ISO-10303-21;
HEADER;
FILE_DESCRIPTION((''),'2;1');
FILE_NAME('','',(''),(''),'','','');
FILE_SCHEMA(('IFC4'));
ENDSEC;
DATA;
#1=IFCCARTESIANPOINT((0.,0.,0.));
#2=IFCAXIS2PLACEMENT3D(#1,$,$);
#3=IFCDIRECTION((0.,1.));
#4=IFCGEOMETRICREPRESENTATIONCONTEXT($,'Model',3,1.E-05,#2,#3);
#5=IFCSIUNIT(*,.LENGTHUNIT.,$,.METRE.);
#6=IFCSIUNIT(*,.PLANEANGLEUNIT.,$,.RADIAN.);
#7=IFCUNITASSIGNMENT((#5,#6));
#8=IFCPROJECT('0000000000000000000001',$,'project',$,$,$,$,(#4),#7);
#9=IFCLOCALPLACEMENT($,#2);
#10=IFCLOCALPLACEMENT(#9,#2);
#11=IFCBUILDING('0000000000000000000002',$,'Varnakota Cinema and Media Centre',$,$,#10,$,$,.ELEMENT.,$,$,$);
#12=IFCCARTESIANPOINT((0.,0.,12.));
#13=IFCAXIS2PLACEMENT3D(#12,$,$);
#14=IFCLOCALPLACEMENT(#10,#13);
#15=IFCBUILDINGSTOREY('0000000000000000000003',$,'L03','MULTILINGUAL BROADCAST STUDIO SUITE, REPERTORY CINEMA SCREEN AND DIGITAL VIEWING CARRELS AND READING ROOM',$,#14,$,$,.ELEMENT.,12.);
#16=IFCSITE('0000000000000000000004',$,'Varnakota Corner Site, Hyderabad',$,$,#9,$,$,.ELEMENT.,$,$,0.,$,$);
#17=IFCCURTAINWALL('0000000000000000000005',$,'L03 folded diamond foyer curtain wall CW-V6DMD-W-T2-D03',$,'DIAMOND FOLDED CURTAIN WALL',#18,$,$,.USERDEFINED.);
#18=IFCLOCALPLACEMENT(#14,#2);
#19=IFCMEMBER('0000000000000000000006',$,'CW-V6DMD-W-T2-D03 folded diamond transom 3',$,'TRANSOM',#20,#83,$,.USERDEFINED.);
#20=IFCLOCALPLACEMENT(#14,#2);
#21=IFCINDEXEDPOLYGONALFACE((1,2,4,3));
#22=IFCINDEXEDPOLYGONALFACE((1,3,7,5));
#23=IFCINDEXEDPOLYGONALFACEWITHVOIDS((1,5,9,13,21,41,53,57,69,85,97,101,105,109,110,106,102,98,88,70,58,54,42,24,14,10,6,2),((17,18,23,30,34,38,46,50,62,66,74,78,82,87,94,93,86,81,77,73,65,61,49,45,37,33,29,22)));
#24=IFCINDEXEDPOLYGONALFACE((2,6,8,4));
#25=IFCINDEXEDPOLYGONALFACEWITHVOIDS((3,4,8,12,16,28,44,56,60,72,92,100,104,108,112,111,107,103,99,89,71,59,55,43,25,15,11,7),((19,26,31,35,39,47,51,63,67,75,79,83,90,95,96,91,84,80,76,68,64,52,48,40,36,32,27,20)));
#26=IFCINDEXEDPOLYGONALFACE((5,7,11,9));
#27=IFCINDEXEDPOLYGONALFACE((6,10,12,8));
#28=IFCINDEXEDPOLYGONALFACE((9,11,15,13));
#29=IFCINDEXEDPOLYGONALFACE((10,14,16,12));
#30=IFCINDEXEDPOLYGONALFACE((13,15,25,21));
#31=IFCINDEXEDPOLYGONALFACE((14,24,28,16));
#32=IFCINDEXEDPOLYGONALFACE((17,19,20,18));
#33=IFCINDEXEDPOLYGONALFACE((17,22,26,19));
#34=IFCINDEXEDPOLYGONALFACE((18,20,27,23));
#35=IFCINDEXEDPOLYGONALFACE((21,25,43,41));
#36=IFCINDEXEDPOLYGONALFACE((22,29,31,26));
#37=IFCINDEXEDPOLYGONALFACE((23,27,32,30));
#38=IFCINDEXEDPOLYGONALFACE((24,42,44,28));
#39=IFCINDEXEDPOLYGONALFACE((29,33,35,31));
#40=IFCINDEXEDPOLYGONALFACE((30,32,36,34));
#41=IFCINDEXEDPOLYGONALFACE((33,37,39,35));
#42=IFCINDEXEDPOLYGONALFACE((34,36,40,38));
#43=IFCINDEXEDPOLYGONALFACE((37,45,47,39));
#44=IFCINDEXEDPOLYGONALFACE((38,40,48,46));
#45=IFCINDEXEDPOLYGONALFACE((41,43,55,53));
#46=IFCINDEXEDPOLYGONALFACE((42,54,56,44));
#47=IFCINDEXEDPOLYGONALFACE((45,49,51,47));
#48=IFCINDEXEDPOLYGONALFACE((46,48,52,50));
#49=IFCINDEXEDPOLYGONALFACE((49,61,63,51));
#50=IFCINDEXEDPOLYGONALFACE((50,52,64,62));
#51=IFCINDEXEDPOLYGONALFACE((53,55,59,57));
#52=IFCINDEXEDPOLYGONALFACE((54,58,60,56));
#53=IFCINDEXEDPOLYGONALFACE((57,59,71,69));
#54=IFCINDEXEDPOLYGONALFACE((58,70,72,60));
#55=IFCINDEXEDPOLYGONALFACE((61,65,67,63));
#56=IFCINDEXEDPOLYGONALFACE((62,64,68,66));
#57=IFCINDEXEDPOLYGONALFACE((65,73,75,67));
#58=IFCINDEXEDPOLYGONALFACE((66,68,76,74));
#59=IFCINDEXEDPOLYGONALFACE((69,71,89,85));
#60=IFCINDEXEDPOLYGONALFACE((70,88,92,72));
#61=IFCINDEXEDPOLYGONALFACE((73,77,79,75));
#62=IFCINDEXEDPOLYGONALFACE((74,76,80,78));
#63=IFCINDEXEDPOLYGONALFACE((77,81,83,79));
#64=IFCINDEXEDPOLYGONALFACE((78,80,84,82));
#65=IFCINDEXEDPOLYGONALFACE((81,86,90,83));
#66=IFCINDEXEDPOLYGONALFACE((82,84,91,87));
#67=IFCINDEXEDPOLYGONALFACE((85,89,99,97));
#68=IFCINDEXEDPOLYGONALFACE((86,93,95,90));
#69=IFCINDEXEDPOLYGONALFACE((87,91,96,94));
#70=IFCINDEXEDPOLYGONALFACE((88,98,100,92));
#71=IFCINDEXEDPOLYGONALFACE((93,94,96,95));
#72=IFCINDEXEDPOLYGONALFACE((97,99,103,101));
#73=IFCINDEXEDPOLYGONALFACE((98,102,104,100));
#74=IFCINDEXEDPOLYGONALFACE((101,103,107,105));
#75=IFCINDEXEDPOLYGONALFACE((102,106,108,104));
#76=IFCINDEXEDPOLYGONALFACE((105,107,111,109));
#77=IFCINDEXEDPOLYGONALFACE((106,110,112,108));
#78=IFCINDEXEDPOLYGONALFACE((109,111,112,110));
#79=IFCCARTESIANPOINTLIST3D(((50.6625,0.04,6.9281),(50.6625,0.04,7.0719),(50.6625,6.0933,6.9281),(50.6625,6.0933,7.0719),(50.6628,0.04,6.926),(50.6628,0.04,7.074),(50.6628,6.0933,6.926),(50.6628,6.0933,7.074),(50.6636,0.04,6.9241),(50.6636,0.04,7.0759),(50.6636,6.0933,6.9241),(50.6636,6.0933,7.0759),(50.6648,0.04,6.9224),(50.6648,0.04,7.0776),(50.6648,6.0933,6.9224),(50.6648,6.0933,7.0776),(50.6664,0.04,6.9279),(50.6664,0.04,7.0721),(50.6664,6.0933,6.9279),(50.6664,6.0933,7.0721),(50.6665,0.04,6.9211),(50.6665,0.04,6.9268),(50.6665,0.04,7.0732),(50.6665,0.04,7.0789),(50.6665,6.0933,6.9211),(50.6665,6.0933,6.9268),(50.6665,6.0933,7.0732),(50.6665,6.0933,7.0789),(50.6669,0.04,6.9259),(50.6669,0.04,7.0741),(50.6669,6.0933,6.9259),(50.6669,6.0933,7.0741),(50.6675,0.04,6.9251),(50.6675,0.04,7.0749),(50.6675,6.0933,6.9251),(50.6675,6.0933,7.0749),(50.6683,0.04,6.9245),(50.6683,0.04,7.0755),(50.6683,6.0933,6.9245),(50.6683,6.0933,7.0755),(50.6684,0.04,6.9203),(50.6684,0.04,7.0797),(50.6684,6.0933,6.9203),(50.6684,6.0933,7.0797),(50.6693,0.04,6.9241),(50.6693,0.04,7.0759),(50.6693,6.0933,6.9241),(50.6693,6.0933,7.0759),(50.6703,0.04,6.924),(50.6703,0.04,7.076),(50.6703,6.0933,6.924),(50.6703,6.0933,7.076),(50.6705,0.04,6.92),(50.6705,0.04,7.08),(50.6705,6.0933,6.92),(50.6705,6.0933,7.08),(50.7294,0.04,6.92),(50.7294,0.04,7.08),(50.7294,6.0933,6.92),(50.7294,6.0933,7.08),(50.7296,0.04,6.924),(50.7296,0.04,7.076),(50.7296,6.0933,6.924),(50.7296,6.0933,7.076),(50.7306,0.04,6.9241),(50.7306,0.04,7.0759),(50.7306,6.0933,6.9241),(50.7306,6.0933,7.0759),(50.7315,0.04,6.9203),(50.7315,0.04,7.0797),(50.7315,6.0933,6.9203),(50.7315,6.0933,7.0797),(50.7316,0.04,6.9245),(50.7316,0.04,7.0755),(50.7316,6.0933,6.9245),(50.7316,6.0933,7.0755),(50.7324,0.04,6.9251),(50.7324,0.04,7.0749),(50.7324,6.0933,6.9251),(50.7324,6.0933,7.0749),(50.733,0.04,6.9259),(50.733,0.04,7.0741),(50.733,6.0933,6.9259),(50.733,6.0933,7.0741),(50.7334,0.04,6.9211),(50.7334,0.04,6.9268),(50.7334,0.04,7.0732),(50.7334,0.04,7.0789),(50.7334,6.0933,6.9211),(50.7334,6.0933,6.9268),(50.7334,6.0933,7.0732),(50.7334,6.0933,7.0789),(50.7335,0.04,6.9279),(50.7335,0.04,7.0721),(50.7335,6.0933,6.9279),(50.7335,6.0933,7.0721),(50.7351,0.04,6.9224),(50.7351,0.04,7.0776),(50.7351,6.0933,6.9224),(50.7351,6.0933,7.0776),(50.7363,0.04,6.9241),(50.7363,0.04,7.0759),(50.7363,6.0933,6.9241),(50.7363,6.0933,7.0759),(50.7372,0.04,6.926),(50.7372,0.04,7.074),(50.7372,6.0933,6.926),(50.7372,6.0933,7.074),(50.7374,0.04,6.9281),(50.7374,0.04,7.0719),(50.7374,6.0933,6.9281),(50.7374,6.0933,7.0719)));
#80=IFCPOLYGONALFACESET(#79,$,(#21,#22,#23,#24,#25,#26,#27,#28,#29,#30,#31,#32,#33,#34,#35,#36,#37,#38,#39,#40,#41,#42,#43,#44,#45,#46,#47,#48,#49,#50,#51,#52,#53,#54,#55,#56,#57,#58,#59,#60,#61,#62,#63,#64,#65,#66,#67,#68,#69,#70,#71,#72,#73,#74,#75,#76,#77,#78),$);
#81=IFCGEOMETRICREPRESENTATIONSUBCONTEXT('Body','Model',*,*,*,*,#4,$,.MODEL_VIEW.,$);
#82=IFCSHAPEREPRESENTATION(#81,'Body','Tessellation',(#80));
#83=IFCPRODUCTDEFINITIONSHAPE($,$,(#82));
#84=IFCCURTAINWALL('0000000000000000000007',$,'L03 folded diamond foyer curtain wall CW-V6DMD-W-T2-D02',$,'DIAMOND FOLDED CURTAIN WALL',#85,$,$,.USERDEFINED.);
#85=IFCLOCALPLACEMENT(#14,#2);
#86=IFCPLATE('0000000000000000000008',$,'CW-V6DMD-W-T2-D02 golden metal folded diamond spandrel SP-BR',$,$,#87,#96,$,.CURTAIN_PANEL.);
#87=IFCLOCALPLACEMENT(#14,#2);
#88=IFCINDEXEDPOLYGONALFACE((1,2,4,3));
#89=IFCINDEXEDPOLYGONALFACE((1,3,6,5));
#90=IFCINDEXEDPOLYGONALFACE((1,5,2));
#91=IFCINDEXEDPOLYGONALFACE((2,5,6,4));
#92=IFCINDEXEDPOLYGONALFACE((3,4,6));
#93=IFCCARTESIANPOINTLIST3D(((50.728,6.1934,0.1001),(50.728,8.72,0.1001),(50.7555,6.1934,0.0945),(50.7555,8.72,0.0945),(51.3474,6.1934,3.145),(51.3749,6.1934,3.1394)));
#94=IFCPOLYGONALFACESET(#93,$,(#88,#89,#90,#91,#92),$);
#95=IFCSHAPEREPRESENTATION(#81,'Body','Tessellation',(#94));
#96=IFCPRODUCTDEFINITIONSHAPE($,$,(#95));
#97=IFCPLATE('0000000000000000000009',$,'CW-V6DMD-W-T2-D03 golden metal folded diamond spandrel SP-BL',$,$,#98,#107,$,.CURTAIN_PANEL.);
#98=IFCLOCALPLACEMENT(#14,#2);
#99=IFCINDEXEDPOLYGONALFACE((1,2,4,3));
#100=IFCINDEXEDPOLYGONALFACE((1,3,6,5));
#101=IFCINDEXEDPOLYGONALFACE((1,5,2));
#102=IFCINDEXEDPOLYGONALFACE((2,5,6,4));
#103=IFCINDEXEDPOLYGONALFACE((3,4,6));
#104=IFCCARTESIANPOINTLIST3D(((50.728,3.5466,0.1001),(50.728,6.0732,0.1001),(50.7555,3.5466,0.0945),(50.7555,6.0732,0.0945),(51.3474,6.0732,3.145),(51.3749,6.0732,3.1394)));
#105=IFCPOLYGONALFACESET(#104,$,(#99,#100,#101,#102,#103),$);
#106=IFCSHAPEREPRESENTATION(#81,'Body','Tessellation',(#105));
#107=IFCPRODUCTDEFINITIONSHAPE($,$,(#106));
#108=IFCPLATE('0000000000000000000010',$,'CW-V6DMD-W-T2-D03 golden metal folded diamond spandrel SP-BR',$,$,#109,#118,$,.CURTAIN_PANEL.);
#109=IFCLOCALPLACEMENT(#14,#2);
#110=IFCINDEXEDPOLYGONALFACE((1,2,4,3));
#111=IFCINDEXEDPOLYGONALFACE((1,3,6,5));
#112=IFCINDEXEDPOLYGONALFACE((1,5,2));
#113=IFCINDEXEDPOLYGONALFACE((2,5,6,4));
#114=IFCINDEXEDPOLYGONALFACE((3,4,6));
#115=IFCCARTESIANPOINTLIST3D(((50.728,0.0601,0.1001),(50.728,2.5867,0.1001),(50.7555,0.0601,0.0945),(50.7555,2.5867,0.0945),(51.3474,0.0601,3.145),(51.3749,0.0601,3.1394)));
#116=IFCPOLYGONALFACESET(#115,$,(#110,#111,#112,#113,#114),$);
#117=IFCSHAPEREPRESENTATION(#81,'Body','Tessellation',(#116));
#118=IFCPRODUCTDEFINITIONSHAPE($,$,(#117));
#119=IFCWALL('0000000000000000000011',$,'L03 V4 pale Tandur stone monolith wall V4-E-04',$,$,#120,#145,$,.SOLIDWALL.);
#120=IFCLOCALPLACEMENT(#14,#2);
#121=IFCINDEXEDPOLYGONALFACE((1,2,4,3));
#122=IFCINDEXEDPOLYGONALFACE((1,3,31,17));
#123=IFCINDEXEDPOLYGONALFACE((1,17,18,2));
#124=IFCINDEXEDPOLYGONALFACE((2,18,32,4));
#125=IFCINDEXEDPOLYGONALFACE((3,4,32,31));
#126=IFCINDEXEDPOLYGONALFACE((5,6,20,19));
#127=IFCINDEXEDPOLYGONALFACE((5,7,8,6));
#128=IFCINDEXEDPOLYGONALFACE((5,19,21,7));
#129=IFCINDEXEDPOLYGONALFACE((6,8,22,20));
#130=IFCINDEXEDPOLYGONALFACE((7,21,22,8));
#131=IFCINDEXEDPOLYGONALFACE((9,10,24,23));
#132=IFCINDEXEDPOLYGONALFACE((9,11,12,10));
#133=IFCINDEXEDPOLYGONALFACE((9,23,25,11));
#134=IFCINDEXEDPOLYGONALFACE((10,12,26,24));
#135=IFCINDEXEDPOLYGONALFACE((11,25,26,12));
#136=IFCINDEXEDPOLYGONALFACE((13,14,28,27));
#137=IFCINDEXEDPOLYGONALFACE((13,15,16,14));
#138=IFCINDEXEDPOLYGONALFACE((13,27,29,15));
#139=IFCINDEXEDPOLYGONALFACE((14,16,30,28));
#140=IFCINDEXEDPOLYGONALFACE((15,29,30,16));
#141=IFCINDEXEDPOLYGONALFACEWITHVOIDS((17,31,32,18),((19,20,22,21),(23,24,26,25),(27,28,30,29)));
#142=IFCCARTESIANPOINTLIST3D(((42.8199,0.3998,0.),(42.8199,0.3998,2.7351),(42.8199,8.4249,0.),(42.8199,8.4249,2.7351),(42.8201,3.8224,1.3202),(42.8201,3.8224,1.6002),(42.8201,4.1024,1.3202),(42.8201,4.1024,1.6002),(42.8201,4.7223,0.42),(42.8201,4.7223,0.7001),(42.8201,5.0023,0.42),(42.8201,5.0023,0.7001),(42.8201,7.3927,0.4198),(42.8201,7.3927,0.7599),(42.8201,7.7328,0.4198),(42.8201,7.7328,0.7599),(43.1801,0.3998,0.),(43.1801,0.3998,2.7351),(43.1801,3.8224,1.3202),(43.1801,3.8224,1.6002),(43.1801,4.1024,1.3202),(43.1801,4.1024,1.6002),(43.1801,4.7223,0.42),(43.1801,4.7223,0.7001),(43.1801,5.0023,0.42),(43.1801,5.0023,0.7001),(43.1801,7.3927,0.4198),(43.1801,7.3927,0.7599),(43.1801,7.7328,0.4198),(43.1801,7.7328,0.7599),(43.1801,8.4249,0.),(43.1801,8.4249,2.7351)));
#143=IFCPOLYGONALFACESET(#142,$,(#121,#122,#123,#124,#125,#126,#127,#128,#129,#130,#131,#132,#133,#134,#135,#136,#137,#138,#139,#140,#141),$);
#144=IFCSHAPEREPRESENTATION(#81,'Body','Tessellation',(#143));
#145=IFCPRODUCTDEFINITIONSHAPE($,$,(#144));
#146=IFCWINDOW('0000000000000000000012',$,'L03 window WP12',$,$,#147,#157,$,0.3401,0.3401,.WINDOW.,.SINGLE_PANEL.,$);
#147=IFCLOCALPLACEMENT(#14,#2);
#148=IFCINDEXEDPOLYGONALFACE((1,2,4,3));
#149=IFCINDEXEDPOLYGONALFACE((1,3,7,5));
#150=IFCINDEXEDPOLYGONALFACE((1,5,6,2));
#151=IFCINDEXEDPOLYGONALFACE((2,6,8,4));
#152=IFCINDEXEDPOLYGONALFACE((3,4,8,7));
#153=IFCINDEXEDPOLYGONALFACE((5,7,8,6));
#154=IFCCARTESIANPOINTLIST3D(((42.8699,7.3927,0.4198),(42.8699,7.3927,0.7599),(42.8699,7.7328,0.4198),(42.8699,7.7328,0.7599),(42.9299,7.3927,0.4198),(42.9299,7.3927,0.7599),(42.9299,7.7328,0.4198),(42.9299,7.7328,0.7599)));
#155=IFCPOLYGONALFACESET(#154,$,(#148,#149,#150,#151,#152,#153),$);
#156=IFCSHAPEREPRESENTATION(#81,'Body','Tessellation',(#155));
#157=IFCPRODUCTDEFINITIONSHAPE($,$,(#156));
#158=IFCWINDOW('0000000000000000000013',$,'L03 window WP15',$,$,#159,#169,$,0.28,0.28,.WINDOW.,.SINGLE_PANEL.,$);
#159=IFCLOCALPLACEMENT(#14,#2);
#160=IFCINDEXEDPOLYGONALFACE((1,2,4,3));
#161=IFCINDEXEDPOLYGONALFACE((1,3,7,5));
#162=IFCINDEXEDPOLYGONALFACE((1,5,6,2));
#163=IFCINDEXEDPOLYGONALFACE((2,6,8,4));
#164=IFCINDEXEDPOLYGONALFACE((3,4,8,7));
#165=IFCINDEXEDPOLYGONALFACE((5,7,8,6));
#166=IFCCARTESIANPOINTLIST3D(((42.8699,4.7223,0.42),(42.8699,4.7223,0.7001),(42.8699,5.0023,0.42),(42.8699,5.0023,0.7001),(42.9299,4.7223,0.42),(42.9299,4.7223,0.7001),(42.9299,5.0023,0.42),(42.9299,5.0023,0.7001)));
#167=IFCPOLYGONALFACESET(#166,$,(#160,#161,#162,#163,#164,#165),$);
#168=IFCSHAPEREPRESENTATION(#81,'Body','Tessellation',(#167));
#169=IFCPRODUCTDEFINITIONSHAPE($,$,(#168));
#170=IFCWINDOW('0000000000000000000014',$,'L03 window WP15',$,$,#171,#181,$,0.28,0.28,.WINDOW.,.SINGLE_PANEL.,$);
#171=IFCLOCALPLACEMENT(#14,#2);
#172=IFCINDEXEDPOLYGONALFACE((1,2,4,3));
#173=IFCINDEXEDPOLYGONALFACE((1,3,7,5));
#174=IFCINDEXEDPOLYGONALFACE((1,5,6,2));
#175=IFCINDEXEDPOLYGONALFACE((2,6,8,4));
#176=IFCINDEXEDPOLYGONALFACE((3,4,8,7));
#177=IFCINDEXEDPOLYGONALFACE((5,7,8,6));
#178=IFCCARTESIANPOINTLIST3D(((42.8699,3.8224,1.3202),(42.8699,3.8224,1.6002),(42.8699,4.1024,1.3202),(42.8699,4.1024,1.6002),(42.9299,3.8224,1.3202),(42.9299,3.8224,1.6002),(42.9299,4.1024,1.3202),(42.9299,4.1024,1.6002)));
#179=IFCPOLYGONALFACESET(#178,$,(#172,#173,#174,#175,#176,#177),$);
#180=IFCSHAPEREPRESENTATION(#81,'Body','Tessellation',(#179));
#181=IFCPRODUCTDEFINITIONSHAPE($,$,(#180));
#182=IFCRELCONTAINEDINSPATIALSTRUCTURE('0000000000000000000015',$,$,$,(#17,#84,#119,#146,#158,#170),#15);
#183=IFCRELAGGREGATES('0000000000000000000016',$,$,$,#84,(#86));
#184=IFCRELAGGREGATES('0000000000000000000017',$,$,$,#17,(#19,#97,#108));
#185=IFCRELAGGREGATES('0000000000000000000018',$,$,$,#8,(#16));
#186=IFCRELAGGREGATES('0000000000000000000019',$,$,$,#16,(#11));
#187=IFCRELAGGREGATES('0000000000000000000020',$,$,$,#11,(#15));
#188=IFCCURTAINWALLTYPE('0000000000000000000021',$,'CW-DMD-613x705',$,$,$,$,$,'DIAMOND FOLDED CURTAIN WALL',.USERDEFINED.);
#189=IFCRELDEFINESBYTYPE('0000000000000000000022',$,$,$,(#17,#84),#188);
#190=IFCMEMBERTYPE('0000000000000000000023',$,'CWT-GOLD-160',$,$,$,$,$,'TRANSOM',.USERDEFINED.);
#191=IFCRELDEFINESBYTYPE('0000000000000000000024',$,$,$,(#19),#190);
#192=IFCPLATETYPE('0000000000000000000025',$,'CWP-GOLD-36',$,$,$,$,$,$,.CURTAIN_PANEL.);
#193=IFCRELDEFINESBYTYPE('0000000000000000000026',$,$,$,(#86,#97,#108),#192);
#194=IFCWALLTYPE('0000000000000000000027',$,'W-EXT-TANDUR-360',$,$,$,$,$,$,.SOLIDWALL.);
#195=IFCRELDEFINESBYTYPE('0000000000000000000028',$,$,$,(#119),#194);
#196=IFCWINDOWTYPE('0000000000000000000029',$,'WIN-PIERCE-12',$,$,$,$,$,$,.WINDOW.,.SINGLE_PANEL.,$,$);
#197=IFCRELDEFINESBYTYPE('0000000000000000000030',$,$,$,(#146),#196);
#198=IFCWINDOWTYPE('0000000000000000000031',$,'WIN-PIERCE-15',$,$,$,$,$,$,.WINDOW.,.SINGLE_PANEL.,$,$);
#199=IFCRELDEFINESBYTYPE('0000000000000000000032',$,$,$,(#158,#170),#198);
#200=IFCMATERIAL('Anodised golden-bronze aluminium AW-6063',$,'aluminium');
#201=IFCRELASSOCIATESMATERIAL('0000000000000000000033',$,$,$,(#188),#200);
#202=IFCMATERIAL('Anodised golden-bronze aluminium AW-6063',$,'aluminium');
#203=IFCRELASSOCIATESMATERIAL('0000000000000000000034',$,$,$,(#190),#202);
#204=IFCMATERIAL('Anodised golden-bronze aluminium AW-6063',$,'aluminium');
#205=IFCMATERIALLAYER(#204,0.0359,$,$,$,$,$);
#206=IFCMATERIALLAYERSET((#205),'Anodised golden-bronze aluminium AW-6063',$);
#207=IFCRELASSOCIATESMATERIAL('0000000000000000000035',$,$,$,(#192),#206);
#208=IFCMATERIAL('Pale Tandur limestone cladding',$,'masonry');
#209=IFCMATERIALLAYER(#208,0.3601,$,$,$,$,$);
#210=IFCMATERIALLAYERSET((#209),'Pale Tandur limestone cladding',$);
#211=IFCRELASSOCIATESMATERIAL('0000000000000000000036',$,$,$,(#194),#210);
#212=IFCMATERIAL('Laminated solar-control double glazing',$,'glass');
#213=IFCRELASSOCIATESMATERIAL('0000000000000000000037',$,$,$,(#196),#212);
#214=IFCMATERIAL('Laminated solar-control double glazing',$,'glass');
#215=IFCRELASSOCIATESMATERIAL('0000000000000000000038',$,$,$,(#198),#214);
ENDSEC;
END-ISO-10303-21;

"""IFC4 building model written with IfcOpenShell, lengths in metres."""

from ifc_helpers import new_model, si_unit, direction, frame, frame_2d, origin, origin_2d, place, context, subcontext, project, spatial, polyline, rectangle, hollow_rectangle, outline, extrude, material, layer, layer_set, material_profile, profile_set, type_object, element, fill, aggregate, save


model = new_model("IFC4")

# Units and contexts
model_context = context("Model", 3, precision=1e-05, world=origin(), true_north=direction((0.0, 1.0)))
body_context = subcontext(model_context, "Body", "Model", "MODEL_VIEW")
ifc_project = project(units=[si_unit("LENGTHUNIT", "METRE"), si_unit("PLANEANGLEUNIT", "RADIAN")], contexts=[model_context])

# Site, building, storey
site_placement = place(None, origin())
site = spatial("IfcSite", under=ifc_project, at=site_placement, Name="Varnakota Corner Site, Hyderabad", CompositionType="ELEMENT", RefElevation=0.0)
building_placement = place(site_placement, origin())
building = spatial("IfcBuilding", under=site, at=building_placement, Name="Varnakota Cinema and Media Centre", CompositionType="ELEMENT")
storey_placement = place(building_placement, frame((0.0, 0.0, 12.0)))
storey = spatial("IfcBuildingStorey", under=building, at=storey_placement, Name="L03", Description="MULTILINGUAL BROADCAST STUDIO SUITE, REPERTORY CINEMA SCREEN AND DIGITAL VIEWING CARRELS AND READING ROOM", CompositionType="ELEMENT", Elevation=12.0)

# Curtain wall, member
ifc_material_1 = material(Name="Anodised golden-bronze aluminium AW-6063", Category="aluminium")
curtain_wall_type = type_object("IfcCurtainWallType", Name="CW-DMD-613x705", ElementType="DIAMOND FOLDED CURTAIN WALL", PredefinedType="USERDEFINED", material=ifc_material_1)
curtain_wall_1_placement = place(storey_placement, origin())
curtain_wall_1 = element("IfcCurtainWall", 1, at=curtain_wall_1_placement, inside=storey, type_object=curtain_wall_type, Name="L03 folded diamond foyer curtain wall CW-V6DMD-W-T2-D03", ObjectType="DIAMOND FOLDED CURTAIN WALL", PredefinedType="USERDEFINED")
ifc_material_2 = material(Name="Anodised golden-bronze aluminium AW-6063", Category="aluminium")
ifc_material_profile_1 = material_profile(ifc_material_2, hollow_rectangle(XDim=0.075, YDim=0.1599, WallThickness=0.0039, InnerFilletRadius=0.0039, OuterFilletRadius=0.0081, at=origin_2d()), Name="AL-TRANSOM 160x75x4")
ifc_profile_set_1 = profile_set([ifc_material_profile_1], Name="Anodised golden-bronze aluminium AW-6063")
member_type_1 = type_object("IfcMemberType", Name="CWT-GOLD-160", ElementType="TRANSOM", PredefinedType="USERDEFINED", material=ifc_profile_set_1)
member_1_placement = place(storey_placement, frame((50.7, 6.0933, 7.0), z_axis=(0.0, -1.0, 0.0), x_axis=(1.0, 0.0, 0.0)))
member_1 = element("IfcMember", 2, at=member_1_placement, type_object=member_type_1, Name="CW-V6DMD-W-T2-D03 folded diamond transom 3", ObjectType="TRANSOM", PredefinedType="USERDEFINED", context=body_context, shape_type="SweptSolid", body=[
    extrude(hollow_rectangle(XDim=0.075, YDim=0.1599, WallThickness=0.0039, InnerFilletRadius=0.0039, OuterFilletRadius=0.0081, at=origin_2d()), origin(), (0.0, 0.0, 1.0), 6.0532),
])

# Curtain wall, plate
curtain_wall_2_placement = place(storey_placement, origin())
curtain_wall_2 = element("IfcCurtainWall", 3, at=curtain_wall_2_placement, inside=storey, type_object=curtain_wall_type, Name="L03 folded diamond foyer curtain wall CW-V6DMD-W-T2-D02", ObjectType="DIAMOND FOLDED CURTAIN WALL", PredefinedType="USERDEFINED")
ifc_material_3 = material(Name="Anodised golden-bronze aluminium AW-6063", Category="aluminium")
ifc_layer_1 = layer(ifc_material_3, 0.0359)
ifc_layer_set_1 = layer_set([ifc_layer_1], Name="Anodised golden-bronze aluminium AW-6063")
plate_type = type_object("IfcPlateType", Name="CWP-GOLD-36", PredefinedType="CURTAIN_PANEL", material=ifc_layer_set_1)
plate_1_placement = place(storey_placement, frame((50.728, 8.72, 0.1001), z_axis=(-0.979932, 0.0, 0.199333), x_axis=(0.0, -1.0, 0.0)))
plate_1 = element("IfcPlate", 4, at=plate_1_placement, type_object=plate_type, Name="CW-V6DMD-W-T2-D02 golden metal folded diamond spandrel SP-BR", PredefinedType="CURTAIN_PANEL", context=body_context, shape_type="SweptSolid", body=[
    extrude(outline(polyline([(0.0, 0.0), (2.5266, 0.0), (2.5266, 3.1073), (0.0, 0.0)])), origin(), (0.0, 0.0, -1.0), 0.0281),
])
aggregate(curtain_wall_2, [plate_1])

# Plates
plate_2_placement = place(storey_placement, frame((50.728, 6.0732, 0.1001), z_axis=(-0.979932, 0.0, 0.199333), x_axis=(0.0, -1.0, 0.0)))
plate_2 = element("IfcPlate", 5, at=plate_2_placement, type_object=plate_type, Name="CW-V6DMD-W-T2-D03 golden metal folded diamond spandrel SP-BL", PredefinedType="CURTAIN_PANEL", context=body_context, shape_type="SweptSolid", body=[
    extrude(outline(polyline([(0.0, 0.0), (2.5266, 0.0), (0.0, 3.1073), (0.0, 0.0)])), origin(), (0.0, 0.0, -1.0), 0.0281),
])
plate_3_placement = place(storey_placement, frame((50.728, 2.5867, 0.1001), z_axis=(-0.979932, 0.0, 0.199333), x_axis=(0.0, -1.0, 0.0)))
plate_3 = element("IfcPlate", 6, at=plate_3_placement, type_object=plate_type, Name="CW-V6DMD-W-T2-D03 golden metal folded diamond spandrel SP-BR", PredefinedType="CURTAIN_PANEL", context=body_context, shape_type="SweptSolid", body=[
    extrude(outline(polyline([(0.0, 0.0), (2.5266, 0.0), (2.5266, 3.1073), (0.0, 0.0)])), origin(), (0.0, 0.0, -1.0), 0.0281),
])
aggregate(curtain_wall_1, [member_1, plate_2, plate_3])

# Wall, openings, windows
ifc_material_4 = material(Name="Pale Tandur limestone cladding", Category="masonry")
ifc_layer_2 = layer(ifc_material_4, 0.3601)
ifc_layer_set_2 = layer_set([ifc_layer_2], Name="Pale Tandur limestone cladding")
wall_type_1 = type_object("IfcWallType", Name="W-EXT-TANDUR-360", PredefinedType="SOLIDWALL", material=ifc_layer_set_2)
wall_1_placement = place(storey_placement, frame((43.0, 8.425, 0.0), z_axis=(0.0, 0.0, 1.0), x_axis=(0.0, -1.0, 0.0)))
wall_1 = element("IfcWall", 7, at=wall_1_placement, inside=storey, type_object=wall_type_1, Name="L03 V4 pale Tandur stone monolith wall V4-E-04", PredefinedType="SOLIDWALL", context=body_context, shape_type="SweptSolid", body=[
    extrude(rectangle(XDim=8.0251, YDim=0.3601, at=frame_2d((4.0127, 0.0))), origin(), (0.0, 0.0, 1.0), 2.7351),
])
opening_1_placement = place(wall_1_placement, frame((0.6924, 0.0, 0.4199)))
opening_1 = element("IfcOpeningElement", 8, at=opening_1_placement, cuts=wall_1, PredefinedType="OPENING", context=body_context, shape_type="SweptSolid", body=[
    extrude(rectangle(XDim=0.3401, YDim=0.3401, at=frame_2d((0.1699, 0.1699))), frame((0.0, 0.1802, 0.0), z_axis=(0.0, -1.0, 0.0), x_axis=(1.0, 0.0, 0.0)), (0.0, 0.0, 1.0), 0.3601),
])
opening_2_placement = place(wall_1_placement, frame((3.4226, 0.0, 0.4199)))
opening_2 = element("IfcOpeningElement", 9, at=opening_2_placement, cuts=wall_1, PredefinedType="OPENING", context=body_context, shape_type="SweptSolid", body=[
    extrude(rectangle(XDim=0.28, YDim=0.28, at=frame_2d((0.1401, 0.1401))), frame((0.0, 0.1802, 0.0), z_axis=(0.0, -1.0, 0.0), x_axis=(1.0, 0.0, 0.0)), (0.0, 0.0, 1.0), 0.3601),
])
opening_3_placement = place(wall_1_placement, frame((4.3225, 0.0, 1.3201)))
opening_3 = element("IfcOpeningElement", 10, at=opening_3_placement, cuts=wall_1, PredefinedType="OPENING", context=body_context, shape_type="SweptSolid", body=[
    extrude(rectangle(XDim=0.28, YDim=0.28, at=frame_2d((0.1401, 0.1401))), frame((0.0, 0.1802, 0.0), z_axis=(0.0, -1.0, 0.0), x_axis=(1.0, 0.0, 0.0)), (0.0, 0.0, 1.0), 0.3601),
])
ifc_material_5 = material(Name="Laminated solar-control double glazing", Category="glass")
window_type_1 = type_object("IfcWindowType", Name="WIN-PIERCE-12", PartitioningType="SINGLE_PANEL", PredefinedType="WINDOW", material=ifc_material_5)
window_1_placement = place(opening_1_placement, origin())
window_1 = element("IfcWindow", 11, at=window_1_placement, inside=storey, type_object=window_type_1, Name="L03 window WP12", OverallHeight=0.3401, OverallWidth=0.3401, PartitioningType="SINGLE_PANEL", PredefinedType="WINDOW", context=body_context, shape_type="SweptSolid", body=[
    extrude(rectangle(XDim=0.3401, YDim=0.3401, at=frame_2d((0.1699, 0.1699))), frame((0.0, -0.0701, 0.0), z_axis=(0.0, -1.0, 0.0), x_axis=(1.0, 0.0, 0.0)), (0.0, 0.0, 1.0), 0.0601),
])
fill(opening_1, window_1)
ifc_material_6 = material(Name="Laminated solar-control double glazing", Category="glass")
window_type_2 = type_object("IfcWindowType", Name="WIN-PIERCE-15", PartitioningType="SINGLE_PANEL", PredefinedType="WINDOW", material=ifc_material_6)
window_2_placement = place(opening_2_placement, origin())
window_2 = element("IfcWindow", 12, at=window_2_placement, inside=storey, type_object=window_type_2, Name="L03 window WP15", OverallHeight=0.28, OverallWidth=0.28, PartitioningType="SINGLE_PANEL", PredefinedType="WINDOW", context=body_context, shape_type="SweptSolid", body=[
    extrude(rectangle(XDim=0.28, YDim=0.28, at=frame_2d((0.1401, 0.1401))), frame((0.0, -0.0701, 0.0), z_axis=(0.0, -1.0, 0.0), x_axis=(1.0, 0.0, 0.0)), (0.0, 0.0, 1.0), 0.0601),
])
fill(opening_2, window_2)
window_3_placement = place(opening_3_placement, origin())
window_3 = element("IfcWindow", 13, at=window_3_placement, inside=storey, type_object=window_type_2, Name="L03 window WP15", OverallHeight=0.28, OverallWidth=0.28, PartitioningType="SINGLE_PANEL", PredefinedType="WINDOW", context=body_context, shape_type="SweptSolid", body=[
    extrude(rectangle(XDim=0.28, YDim=0.28, at=frame_2d((0.1401, 0.1401))), frame((0.0, -0.0701, 0.0), z_axis=(0.0, -1.0, 0.0), x_axis=(1.0, 0.0, 0.0)), (0.0, 0.0, 1.0), 0.0601),
])
fill(opening_3, window_3)

save(model, "model.ifc")
